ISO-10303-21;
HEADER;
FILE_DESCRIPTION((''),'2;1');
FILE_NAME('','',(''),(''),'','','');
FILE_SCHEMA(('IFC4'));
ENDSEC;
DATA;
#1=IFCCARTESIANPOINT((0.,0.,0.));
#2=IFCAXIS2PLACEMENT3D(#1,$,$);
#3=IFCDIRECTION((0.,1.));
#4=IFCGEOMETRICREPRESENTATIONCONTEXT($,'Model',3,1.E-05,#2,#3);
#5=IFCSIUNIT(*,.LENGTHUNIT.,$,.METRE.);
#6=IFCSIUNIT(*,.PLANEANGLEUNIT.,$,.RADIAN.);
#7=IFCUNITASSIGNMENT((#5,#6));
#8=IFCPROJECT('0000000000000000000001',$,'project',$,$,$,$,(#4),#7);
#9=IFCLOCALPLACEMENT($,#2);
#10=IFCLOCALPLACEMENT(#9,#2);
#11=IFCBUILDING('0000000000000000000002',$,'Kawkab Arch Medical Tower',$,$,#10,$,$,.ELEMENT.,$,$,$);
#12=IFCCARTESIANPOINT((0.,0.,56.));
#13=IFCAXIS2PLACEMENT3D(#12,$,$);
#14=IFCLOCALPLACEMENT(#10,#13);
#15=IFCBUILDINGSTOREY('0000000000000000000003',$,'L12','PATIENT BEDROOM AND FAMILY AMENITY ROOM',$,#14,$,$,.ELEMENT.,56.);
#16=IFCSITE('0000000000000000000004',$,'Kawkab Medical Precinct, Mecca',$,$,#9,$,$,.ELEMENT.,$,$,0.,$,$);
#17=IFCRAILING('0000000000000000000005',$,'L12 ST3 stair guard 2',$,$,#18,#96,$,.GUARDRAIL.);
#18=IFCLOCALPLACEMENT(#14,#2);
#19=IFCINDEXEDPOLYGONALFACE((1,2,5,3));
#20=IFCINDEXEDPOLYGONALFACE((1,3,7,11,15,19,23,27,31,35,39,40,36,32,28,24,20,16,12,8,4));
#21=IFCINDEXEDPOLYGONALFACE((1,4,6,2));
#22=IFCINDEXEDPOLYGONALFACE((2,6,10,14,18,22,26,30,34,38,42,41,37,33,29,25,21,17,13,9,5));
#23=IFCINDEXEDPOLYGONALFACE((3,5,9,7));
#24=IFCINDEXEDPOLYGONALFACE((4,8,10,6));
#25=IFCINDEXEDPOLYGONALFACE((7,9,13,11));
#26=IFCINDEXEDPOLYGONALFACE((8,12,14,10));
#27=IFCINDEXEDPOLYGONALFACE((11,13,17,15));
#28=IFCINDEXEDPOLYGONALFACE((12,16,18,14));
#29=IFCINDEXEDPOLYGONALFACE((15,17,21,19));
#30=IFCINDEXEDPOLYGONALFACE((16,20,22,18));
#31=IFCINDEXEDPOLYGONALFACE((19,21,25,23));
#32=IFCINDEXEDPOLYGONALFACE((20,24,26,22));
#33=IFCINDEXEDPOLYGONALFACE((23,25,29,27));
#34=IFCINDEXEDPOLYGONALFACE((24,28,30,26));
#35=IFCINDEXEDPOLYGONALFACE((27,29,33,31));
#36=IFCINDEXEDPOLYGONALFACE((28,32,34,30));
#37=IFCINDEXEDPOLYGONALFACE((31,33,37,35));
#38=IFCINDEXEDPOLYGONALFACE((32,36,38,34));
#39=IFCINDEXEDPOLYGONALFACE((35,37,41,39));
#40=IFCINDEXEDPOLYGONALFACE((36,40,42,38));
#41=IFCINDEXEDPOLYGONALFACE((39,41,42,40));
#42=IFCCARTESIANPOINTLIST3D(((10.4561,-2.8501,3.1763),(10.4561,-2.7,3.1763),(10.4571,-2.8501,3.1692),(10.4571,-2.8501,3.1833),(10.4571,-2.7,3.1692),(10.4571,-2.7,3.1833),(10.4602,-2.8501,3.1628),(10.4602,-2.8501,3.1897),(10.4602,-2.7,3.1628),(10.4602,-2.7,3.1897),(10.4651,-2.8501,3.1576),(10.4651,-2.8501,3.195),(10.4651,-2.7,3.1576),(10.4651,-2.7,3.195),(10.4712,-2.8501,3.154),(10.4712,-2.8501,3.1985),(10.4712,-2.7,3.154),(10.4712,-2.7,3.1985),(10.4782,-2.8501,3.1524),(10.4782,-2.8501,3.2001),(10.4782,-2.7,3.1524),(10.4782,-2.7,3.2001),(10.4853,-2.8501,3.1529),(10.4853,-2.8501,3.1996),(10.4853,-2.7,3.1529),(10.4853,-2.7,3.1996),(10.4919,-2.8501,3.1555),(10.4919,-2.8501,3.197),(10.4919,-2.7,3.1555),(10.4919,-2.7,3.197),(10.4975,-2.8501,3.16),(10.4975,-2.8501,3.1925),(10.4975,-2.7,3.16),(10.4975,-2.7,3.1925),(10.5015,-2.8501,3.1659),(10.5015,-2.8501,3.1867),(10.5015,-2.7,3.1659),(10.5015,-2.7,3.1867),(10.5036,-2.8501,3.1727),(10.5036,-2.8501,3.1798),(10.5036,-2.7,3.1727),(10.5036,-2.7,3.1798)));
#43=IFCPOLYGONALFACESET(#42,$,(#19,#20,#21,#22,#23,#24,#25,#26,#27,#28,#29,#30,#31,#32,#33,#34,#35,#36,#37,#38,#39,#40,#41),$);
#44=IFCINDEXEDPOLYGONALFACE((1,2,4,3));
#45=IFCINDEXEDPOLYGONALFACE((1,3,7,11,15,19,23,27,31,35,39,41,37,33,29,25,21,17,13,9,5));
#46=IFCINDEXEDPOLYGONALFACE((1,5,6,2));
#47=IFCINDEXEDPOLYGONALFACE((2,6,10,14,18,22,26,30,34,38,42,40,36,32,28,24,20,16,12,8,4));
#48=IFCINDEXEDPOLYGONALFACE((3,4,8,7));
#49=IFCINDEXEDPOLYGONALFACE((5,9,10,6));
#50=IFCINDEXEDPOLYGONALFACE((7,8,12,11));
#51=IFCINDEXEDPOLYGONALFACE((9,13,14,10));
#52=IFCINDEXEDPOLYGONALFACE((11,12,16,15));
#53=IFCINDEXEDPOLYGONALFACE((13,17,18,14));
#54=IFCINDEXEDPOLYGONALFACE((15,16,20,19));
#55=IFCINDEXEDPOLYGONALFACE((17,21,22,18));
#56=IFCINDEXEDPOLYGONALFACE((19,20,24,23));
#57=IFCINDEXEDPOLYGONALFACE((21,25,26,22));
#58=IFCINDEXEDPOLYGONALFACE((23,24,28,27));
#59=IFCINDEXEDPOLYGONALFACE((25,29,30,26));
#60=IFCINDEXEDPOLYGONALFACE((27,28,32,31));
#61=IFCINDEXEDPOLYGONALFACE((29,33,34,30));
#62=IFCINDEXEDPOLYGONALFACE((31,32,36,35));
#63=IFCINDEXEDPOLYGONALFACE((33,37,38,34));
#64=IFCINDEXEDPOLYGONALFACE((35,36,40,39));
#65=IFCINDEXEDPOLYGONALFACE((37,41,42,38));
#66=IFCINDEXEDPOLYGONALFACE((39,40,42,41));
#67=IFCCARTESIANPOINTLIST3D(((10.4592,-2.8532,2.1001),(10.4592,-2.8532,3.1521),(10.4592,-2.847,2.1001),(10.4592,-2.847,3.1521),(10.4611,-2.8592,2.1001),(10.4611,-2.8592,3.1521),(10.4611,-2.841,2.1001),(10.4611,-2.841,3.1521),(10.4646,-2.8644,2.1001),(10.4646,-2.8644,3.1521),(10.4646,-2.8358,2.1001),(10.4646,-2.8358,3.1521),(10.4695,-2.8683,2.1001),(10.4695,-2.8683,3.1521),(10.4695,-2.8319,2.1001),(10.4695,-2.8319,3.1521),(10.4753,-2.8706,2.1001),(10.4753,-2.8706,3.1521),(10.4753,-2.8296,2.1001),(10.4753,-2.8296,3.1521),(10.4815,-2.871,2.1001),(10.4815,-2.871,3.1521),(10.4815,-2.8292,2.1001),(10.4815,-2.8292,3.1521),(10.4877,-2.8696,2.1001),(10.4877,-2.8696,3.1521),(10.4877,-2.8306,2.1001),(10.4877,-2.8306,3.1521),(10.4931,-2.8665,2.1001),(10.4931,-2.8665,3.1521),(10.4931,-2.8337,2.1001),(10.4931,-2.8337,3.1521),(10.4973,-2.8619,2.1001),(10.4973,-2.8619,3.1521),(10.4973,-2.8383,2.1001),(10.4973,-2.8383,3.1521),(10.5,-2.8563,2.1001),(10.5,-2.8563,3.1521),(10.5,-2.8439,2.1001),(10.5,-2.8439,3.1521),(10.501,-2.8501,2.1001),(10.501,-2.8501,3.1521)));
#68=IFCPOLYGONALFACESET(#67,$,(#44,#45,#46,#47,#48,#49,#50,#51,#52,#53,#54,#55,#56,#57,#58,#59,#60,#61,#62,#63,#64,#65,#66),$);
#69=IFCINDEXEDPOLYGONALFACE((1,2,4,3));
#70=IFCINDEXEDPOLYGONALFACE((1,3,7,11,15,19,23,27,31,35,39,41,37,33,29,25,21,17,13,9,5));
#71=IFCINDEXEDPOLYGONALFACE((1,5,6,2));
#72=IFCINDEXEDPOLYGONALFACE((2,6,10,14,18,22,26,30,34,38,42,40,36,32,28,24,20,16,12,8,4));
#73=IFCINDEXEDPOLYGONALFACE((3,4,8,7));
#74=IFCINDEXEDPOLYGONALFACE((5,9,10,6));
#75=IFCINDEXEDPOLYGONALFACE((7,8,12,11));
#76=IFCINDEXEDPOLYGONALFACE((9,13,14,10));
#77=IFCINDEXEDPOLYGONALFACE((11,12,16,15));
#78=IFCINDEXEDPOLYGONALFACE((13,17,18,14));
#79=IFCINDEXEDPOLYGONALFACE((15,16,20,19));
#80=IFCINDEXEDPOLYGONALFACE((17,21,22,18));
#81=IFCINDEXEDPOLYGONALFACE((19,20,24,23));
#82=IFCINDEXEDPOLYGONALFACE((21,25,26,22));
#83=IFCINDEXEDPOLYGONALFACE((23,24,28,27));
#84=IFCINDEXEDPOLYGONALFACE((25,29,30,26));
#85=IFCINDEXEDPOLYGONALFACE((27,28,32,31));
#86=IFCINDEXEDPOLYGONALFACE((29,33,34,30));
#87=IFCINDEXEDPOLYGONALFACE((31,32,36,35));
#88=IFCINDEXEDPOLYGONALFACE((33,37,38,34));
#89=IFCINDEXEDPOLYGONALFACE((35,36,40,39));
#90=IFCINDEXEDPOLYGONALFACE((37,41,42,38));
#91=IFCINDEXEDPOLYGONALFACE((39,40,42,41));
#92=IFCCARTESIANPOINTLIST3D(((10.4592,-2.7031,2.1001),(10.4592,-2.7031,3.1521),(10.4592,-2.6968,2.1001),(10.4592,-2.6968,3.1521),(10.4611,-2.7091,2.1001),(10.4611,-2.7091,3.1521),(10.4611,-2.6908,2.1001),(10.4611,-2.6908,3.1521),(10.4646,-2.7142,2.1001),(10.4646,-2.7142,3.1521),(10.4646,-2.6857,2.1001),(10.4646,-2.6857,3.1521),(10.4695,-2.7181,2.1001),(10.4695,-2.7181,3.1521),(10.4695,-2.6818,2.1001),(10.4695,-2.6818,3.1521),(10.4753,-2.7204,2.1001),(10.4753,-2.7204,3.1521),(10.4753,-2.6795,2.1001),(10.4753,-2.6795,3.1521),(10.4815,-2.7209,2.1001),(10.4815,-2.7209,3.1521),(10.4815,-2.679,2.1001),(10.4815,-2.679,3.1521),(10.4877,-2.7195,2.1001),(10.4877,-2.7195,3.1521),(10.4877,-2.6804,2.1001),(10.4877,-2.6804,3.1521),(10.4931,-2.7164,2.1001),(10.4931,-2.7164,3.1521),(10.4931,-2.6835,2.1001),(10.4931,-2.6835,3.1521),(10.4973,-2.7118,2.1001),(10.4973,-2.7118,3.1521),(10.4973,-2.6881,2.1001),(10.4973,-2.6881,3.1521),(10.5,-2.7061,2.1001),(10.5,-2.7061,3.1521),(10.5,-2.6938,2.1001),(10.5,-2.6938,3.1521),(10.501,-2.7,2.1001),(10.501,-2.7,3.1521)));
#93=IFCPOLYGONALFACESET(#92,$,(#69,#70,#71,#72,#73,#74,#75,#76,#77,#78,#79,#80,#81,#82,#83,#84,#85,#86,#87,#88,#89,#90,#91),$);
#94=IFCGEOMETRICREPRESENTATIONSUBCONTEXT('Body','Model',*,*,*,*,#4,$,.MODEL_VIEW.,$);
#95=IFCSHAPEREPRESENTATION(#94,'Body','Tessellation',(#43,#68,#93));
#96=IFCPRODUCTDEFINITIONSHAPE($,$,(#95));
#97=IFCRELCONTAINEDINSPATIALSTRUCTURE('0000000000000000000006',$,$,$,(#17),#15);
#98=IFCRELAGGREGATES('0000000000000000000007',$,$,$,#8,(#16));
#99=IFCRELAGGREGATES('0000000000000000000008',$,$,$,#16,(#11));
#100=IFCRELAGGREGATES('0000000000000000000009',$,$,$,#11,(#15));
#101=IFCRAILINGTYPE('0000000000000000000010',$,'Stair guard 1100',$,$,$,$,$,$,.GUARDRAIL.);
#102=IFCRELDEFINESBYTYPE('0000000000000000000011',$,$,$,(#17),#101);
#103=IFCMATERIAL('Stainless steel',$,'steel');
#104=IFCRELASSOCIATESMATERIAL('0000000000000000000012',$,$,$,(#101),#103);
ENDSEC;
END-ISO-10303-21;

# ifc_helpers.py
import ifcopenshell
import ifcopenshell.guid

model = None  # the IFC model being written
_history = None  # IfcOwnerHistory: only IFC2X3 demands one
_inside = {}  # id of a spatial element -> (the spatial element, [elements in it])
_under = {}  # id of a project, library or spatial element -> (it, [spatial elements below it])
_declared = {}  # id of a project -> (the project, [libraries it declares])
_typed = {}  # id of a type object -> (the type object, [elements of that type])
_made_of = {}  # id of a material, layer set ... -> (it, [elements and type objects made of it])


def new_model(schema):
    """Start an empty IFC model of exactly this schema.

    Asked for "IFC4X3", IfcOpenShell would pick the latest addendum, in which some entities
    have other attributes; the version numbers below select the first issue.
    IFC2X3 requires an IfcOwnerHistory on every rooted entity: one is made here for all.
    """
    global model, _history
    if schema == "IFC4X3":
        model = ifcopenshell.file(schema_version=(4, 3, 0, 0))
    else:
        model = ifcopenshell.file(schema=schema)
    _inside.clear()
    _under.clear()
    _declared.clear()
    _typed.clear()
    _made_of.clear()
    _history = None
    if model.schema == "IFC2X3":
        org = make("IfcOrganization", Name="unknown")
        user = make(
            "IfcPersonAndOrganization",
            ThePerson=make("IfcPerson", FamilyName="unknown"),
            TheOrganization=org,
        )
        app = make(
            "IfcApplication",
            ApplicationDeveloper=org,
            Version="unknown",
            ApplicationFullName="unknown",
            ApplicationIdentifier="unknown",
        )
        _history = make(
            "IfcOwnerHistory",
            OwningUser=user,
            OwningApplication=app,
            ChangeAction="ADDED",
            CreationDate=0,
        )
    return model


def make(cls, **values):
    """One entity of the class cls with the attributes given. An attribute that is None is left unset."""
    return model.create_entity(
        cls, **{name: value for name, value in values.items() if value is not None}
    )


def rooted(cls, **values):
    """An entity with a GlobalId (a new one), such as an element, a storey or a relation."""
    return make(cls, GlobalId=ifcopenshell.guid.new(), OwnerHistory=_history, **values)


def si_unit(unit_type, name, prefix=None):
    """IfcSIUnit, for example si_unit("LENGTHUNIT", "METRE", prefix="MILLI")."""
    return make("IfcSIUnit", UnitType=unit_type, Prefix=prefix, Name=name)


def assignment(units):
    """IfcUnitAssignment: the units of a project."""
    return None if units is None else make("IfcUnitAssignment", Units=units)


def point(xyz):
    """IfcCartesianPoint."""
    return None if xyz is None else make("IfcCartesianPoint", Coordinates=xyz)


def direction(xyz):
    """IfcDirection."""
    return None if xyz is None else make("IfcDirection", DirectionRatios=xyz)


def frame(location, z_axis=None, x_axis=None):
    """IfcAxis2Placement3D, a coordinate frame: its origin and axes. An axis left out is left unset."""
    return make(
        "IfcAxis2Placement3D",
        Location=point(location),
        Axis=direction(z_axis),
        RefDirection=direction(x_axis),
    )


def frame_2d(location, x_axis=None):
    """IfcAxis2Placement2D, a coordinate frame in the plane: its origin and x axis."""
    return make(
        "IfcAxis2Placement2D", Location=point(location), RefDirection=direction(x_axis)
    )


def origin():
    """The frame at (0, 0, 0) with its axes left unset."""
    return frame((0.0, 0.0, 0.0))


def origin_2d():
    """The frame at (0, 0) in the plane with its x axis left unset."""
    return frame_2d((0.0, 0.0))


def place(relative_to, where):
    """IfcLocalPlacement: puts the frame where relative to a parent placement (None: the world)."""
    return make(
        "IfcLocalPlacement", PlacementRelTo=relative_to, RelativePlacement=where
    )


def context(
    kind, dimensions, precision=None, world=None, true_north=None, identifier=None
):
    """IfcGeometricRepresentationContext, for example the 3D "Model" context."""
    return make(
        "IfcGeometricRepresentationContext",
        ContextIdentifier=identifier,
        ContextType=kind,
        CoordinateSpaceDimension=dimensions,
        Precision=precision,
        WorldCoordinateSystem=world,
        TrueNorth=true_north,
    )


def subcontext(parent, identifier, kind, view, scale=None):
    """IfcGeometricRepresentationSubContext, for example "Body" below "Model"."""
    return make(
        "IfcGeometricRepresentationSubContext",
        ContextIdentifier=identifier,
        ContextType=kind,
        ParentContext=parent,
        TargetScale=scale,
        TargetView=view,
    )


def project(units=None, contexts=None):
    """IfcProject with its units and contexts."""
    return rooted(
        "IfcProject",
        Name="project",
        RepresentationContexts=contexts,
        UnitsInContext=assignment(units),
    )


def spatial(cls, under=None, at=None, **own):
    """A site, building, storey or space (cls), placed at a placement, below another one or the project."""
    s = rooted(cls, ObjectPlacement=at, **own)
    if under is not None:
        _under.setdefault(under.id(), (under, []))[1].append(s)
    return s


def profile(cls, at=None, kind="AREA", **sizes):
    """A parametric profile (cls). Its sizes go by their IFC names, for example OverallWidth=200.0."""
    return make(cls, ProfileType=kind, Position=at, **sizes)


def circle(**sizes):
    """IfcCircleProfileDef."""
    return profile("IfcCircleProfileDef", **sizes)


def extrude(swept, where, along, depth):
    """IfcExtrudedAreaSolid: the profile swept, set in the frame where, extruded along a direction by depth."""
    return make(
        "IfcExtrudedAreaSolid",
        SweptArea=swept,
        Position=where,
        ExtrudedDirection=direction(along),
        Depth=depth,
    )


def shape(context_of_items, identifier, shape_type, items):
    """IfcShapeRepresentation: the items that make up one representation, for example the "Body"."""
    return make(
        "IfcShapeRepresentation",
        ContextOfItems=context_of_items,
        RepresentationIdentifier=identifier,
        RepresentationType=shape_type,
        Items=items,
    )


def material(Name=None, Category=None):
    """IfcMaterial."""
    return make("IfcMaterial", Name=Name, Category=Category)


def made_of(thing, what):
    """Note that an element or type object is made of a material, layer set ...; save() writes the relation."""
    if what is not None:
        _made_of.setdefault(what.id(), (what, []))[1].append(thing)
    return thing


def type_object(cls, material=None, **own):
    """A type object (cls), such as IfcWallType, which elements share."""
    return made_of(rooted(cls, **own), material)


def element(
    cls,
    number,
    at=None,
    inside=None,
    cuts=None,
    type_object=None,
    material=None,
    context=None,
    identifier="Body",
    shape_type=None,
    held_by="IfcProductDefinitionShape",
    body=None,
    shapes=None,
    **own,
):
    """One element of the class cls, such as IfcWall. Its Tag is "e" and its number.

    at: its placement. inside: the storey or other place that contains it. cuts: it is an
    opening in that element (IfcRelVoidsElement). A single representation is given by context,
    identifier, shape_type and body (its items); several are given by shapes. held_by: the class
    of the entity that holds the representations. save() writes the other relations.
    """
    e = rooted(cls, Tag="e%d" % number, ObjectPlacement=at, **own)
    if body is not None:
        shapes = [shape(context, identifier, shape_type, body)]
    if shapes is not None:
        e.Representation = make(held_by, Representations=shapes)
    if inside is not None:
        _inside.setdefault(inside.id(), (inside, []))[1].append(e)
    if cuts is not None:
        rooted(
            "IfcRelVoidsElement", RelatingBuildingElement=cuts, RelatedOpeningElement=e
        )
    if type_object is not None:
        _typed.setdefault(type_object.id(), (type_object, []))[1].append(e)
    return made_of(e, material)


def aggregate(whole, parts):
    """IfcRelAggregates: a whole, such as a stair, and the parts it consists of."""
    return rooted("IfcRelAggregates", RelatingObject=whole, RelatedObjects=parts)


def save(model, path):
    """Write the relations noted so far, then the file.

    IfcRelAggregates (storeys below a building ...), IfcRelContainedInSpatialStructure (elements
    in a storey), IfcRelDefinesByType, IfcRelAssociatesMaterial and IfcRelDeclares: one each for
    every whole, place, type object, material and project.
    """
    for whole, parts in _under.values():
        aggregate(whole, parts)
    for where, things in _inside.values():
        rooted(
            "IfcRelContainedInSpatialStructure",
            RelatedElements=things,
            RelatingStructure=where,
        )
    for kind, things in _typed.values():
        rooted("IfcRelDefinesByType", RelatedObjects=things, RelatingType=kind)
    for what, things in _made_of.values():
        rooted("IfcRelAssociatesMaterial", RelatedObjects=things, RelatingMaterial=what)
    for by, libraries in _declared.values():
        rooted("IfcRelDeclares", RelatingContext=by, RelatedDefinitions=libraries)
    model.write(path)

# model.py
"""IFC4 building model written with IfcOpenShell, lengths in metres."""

from ifc_helpers import new_model, si_unit, direction, frame, origin, origin_2d, place, context, subcontext, project, spatial, circle, extrude, material, type_object, element, save


model = new_model("IFC4")

# Units and contexts
model_context = context("Model", 3, precision=1e-05, world=origin(), true_north=direction((0.0, 1.0)))
body_context = subcontext(model_context, "Body", "Model", "MODEL_VIEW")
ifc_project = project(units=[si_unit("LENGTHUNIT", "METRE"), si_unit("PLANEANGLEUNIT", "RADIAN")], contexts=[model_context])

# Site, building, storey
site_placement = place(None, origin())
site = spatial("IfcSite", under=ifc_project, at=site_placement, Name="Kawkab Medical Precinct, Mecca", CompositionType="ELEMENT", RefElevation=0.0)
building_placement = place(site_placement, origin())
building = spatial("IfcBuilding", under=site, at=building_placement, Name="Kawkab Arch Medical Tower", CompositionType="ELEMENT")
storey_placement = place(building_placement, frame((0.0, 0.0, 56.0)))
storey = spatial("IfcBuildingStorey", under=building, at=storey_placement, Name="L12", Description="PATIENT BEDROOM AND FAMILY AMENITY ROOM", CompositionType="ELEMENT", Elevation=56.0)

# Railing
ifc_material_1 = material(Name="Stainless steel", Category="steel")
railing_type = type_object("IfcRailingType", Name="Stair guard 1100", PredefinedType="GUARDRAIL", material=ifc_material_1)
railing_1_placement = place(storey_placement, frame((10.48, -2.8501, 2.1001)))
element("IfcRailing", 1, at=railing_1_placement, inside=storey, type_object=railing_type, Name="L12 ST3 stair guard 2", PredefinedType="GUARDRAIL", context=body_context, shape_type="SweptSolid", body=[
    extrude(circle(Radius=0.0239, at=origin_2d()), frame((0.0, 0.0, 1.0762), z_axis=(0.0, 1.0, 0.0), x_axis=(-1.0, 0.0, 0.0)), (0.0, 0.0, 1.0), 0.1501),
    extrude(circle(Radius=0.021, at=origin_2d()), origin(), (0.0, 0.0, 1.0), 1.052),
    extrude(circle(Radius=0.021, at=origin_2d()), frame((0.0, 0.1501, 0.0)), (0.0, 0.0, 1.0), 1.052),
])

save(model, "model.ifc")
